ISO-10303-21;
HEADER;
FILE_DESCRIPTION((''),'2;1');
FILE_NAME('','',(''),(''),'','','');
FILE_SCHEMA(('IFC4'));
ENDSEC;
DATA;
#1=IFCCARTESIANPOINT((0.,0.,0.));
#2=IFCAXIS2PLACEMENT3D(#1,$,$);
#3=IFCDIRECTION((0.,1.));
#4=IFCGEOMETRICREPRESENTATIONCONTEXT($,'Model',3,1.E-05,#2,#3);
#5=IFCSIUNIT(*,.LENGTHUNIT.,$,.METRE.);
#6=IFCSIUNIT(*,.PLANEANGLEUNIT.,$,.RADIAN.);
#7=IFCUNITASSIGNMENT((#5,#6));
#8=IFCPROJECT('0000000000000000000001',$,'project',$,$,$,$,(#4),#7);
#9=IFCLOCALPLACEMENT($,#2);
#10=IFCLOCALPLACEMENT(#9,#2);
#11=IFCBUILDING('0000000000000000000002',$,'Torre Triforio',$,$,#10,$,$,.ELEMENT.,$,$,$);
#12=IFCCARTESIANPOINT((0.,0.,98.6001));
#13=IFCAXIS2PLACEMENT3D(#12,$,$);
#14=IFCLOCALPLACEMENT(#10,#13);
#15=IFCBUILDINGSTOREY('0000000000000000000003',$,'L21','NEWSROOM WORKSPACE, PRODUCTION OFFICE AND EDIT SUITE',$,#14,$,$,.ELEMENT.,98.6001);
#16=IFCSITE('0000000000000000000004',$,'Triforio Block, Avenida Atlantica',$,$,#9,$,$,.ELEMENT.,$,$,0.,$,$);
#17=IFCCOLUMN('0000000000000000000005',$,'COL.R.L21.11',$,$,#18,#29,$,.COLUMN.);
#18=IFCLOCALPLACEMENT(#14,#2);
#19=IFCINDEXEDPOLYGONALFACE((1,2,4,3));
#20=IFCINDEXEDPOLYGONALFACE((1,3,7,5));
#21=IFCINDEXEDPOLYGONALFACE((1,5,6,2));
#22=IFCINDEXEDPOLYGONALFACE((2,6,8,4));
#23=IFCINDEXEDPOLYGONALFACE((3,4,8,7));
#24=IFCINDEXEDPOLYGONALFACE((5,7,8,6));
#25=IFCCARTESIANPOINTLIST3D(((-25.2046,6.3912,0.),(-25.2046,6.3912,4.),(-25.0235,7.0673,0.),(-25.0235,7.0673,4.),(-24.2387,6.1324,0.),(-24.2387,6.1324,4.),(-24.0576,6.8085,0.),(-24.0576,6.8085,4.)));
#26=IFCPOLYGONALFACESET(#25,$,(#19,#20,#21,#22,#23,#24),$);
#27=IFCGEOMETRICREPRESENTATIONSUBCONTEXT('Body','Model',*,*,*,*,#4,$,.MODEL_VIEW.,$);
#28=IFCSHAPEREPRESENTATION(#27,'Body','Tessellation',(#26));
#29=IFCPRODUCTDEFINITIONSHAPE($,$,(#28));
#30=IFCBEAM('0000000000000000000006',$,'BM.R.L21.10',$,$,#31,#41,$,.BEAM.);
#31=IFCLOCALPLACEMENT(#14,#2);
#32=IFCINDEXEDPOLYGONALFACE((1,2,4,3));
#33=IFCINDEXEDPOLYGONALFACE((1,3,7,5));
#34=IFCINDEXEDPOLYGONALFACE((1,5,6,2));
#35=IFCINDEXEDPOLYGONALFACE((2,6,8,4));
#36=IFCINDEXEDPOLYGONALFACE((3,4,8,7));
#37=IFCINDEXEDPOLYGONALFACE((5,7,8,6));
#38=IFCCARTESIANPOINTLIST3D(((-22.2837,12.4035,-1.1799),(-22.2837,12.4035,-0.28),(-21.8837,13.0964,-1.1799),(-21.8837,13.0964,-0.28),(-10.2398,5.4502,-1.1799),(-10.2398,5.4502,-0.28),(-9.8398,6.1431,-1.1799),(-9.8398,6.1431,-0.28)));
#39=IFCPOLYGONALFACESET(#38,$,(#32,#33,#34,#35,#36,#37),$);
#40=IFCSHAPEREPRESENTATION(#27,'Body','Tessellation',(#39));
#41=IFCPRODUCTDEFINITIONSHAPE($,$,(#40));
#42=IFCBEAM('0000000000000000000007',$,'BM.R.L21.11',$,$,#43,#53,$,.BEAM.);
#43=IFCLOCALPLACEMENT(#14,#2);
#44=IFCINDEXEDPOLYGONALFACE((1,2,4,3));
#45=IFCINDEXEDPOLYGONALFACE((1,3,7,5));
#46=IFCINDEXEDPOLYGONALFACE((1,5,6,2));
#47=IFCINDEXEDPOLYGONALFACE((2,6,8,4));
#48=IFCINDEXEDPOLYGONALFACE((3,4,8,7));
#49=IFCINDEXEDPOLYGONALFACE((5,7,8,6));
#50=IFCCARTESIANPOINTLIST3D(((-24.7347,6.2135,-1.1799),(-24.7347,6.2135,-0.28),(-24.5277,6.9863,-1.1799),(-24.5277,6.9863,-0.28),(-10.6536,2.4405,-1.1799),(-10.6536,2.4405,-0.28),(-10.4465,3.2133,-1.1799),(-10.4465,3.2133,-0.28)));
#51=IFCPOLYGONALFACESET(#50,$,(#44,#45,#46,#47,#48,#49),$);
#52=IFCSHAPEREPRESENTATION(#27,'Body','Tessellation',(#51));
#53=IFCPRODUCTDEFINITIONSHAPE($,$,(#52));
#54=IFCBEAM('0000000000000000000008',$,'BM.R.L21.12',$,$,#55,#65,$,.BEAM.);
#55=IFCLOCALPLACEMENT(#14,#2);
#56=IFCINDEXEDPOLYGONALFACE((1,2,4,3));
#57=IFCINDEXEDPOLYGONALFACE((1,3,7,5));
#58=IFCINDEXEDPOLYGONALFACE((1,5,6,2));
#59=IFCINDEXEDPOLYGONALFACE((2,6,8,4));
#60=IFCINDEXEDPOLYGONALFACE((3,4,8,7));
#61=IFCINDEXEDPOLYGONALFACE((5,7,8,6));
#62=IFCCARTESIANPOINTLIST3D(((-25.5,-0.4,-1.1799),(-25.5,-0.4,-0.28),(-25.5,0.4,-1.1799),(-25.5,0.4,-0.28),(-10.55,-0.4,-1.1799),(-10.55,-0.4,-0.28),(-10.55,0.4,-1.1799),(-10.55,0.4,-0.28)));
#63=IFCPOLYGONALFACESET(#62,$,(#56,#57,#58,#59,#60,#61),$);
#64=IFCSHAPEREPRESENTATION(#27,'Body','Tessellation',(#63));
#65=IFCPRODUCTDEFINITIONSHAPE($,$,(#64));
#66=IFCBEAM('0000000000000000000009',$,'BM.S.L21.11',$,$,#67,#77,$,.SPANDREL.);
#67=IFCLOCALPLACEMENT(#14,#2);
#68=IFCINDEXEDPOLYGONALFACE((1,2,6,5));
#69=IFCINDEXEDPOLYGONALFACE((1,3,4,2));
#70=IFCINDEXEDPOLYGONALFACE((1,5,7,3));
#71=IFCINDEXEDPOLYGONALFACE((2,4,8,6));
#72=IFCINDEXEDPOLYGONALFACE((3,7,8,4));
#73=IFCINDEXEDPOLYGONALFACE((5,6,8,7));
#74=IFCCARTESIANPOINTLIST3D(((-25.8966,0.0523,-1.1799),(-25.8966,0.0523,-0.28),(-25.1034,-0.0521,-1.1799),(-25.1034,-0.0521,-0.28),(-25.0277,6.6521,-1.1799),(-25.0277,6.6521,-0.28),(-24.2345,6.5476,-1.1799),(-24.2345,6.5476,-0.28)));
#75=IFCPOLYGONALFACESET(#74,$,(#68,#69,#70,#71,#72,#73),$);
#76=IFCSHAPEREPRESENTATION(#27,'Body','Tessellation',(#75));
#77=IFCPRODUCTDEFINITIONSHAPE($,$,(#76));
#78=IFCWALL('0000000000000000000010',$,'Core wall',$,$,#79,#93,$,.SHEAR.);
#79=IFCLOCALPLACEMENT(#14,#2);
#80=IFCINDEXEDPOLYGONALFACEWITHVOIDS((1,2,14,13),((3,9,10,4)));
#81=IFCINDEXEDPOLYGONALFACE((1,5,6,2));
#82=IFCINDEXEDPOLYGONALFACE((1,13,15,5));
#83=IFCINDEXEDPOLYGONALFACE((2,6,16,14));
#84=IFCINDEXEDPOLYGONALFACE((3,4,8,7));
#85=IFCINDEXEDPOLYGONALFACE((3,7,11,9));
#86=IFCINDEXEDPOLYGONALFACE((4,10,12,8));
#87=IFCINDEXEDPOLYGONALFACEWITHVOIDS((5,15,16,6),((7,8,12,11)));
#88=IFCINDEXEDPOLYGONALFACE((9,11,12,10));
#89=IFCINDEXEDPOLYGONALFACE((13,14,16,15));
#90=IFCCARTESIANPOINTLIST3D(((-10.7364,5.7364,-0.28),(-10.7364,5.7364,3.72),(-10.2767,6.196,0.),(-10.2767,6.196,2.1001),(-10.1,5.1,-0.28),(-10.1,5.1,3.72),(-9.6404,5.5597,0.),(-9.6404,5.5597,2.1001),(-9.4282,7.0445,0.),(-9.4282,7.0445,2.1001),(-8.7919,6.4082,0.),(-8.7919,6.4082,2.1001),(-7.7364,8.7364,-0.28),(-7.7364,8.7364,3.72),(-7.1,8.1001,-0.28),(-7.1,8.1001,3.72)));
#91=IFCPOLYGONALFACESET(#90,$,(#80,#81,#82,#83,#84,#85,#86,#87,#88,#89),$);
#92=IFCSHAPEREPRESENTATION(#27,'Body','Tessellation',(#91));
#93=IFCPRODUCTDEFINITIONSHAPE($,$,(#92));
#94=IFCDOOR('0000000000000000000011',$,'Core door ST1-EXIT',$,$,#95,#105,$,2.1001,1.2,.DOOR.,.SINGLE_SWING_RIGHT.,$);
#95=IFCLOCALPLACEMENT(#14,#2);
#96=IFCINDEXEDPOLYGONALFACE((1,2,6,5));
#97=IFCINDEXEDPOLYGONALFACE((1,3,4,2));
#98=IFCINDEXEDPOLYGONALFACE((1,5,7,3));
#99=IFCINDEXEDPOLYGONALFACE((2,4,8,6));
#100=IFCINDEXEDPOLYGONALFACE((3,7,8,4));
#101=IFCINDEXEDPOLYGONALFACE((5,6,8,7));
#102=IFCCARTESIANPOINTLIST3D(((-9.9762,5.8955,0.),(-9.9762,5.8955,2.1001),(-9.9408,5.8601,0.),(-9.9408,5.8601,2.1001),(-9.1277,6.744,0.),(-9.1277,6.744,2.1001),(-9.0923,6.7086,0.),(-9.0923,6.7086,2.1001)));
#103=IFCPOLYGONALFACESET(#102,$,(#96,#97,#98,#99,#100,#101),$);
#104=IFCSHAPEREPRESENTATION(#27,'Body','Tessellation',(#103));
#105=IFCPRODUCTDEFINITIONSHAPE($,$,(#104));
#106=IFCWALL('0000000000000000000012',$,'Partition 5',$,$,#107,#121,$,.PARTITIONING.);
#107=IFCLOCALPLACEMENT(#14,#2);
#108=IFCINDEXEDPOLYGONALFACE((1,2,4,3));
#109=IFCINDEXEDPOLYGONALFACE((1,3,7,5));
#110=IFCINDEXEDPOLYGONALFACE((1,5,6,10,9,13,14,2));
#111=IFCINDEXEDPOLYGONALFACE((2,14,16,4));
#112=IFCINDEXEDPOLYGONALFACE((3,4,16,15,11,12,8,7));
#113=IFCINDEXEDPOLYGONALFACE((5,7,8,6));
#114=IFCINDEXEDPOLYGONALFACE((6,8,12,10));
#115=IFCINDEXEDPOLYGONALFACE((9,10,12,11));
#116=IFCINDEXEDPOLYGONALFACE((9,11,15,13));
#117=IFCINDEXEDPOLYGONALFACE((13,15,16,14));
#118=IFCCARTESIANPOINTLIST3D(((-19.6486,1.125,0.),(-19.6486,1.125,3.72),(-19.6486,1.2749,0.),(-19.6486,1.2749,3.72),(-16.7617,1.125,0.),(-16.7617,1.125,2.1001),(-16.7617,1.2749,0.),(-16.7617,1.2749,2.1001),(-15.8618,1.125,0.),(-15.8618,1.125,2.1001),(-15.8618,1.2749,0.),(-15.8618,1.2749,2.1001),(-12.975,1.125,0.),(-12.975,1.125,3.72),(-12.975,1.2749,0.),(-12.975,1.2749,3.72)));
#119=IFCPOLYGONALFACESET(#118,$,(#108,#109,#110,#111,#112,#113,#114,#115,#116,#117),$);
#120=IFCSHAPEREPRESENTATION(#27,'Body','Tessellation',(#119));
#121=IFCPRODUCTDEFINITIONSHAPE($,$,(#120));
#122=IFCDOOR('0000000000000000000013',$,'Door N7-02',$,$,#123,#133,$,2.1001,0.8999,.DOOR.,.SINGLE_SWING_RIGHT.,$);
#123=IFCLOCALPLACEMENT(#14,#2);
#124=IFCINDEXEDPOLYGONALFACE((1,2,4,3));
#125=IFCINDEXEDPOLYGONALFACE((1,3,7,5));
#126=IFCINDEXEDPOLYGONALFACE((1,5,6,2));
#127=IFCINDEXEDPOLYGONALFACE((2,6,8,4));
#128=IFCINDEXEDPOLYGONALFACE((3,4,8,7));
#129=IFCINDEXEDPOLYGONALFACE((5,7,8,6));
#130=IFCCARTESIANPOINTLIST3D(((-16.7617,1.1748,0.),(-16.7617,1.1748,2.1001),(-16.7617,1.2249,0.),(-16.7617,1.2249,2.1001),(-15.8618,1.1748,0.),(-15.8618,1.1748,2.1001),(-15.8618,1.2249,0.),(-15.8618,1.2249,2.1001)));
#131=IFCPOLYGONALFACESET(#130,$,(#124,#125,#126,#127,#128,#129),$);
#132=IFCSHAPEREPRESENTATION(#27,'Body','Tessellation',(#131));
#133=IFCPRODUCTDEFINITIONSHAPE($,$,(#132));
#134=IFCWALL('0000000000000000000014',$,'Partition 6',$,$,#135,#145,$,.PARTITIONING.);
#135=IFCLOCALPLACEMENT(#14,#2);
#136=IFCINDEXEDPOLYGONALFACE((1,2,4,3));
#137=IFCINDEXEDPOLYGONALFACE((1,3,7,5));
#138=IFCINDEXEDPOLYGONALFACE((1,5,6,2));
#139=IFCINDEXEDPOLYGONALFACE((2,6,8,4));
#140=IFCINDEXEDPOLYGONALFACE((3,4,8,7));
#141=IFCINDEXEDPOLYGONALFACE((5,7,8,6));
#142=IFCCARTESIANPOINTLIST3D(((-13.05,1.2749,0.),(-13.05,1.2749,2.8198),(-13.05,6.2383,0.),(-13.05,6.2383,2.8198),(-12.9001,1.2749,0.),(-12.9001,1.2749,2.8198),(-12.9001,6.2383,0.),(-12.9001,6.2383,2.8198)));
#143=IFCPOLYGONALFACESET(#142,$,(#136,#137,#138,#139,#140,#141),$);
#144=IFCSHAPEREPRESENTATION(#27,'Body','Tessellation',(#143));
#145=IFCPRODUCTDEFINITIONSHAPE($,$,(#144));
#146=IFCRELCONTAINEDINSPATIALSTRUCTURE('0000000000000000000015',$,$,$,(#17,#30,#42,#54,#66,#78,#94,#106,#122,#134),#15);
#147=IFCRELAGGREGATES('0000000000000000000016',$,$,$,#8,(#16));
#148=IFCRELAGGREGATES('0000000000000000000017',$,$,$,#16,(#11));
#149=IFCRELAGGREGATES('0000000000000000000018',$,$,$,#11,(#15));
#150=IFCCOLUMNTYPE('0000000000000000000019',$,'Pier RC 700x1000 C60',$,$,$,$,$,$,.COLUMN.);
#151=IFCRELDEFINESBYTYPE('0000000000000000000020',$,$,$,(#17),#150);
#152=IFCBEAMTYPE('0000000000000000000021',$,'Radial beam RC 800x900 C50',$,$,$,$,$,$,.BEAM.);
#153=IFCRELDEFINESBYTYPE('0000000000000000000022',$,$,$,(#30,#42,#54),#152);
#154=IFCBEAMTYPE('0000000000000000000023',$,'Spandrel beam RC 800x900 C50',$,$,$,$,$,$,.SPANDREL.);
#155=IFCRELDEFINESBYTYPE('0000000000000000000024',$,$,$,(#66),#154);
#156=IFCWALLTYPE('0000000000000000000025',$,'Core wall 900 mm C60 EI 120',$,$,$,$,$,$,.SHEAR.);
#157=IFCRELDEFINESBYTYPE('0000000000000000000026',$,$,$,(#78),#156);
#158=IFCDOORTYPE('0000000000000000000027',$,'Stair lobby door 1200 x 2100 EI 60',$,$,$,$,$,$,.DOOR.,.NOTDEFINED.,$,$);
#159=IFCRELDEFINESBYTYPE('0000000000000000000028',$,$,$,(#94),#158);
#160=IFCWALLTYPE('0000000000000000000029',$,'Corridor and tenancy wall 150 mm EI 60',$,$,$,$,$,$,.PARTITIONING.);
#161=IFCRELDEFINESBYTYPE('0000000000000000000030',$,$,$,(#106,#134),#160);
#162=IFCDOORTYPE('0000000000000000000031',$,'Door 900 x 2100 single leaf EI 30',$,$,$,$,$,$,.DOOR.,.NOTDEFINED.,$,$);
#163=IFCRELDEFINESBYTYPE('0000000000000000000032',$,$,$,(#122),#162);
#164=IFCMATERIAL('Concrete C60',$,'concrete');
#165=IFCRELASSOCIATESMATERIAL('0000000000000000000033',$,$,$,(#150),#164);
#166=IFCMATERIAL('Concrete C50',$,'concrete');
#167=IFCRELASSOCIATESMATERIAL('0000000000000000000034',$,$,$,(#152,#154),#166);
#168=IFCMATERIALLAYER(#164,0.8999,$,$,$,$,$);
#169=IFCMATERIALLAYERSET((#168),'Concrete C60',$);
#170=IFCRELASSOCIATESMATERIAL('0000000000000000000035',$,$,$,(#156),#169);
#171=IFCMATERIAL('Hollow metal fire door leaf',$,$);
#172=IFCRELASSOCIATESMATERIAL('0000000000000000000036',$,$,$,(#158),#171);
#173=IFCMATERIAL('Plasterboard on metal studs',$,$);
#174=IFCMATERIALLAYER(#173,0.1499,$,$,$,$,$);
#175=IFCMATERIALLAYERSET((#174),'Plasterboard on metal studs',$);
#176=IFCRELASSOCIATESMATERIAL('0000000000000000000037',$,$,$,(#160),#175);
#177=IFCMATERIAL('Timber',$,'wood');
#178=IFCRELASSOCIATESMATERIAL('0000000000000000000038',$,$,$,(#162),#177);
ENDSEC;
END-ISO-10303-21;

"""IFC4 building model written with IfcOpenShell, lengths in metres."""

from ifc_helpers import new_model, si_unit, direction, frame, frame_2d, origin, origin_2d, place, context, subcontext, project, spatial, rectangle, extrude, material, layer, layer_set, material_profile, profile_set, type_object, element, fill, save


model = new_model("IFC4")

# Units and contexts
model_context = context("Model", 3, precision=1e-05, world=origin(), true_north=direction((0.0, 1.0)))
body_context = subcontext(model_context, "Body", "Model", "MODEL_VIEW")
ifc_project = project(units=[si_unit("LENGTHUNIT", "METRE"), si_unit("PLANEANGLEUNIT", "RADIAN")], contexts=[model_context])

# Site, building, storey
site_placement = place(None, origin())
site = spatial("IfcSite", under=ifc_project, at=site_placement, Name="Triforio Block, Avenida Atlantica", CompositionType="ELEMENT", RefElevation=0.0)
building_placement = place(site_placement, origin())
building = spatial("IfcBuilding", under=site, at=building_placement, Name="Torre Triforio", CompositionType="ELEMENT")
storey_placement = place(building_placement, frame((0.0, 0.0, 98.6001)))
storey = spatial("IfcBuildingStorey", under=building, at=storey_placement, Name="L21", Description="NEWSROOM WORKSPACE, PRODUCTION OFFICE AND EDIT SUITE", CompositionType="ELEMENT", Elevation=98.6001)

# Column
ifc_material_1 = material(Name="Concrete C60", Category="concrete")
ifc_material_profile_1 = material_profile(ifc_material_1, rectangle(XDim=0.7, YDim=1.0, at=origin_2d()), Name="RC 700x1000")
ifc_profile_set_1 = profile_set([ifc_material_profile_1], Name="Concrete C60")
column_type = type_object("IfcColumnType", Name="Pier RC 700x1000 C60", PredefinedType="COLUMN", material=ifc_profile_set_1)
column_placement = place(storey_placement, frame((-24.6311, 6.5999, 0.0), z_axis=(0.0, 0.0, 1.0), x_axis=(-0.258819, -0.965926, 0.0)))
element("IfcColumn", 1, at=column_placement, inside=storey, type_object=column_type, Name="COL.R.L21.11", PredefinedType="COLUMN", context=body_context, shape_type="SweptSolid", body=[
    extrude(rectangle(XDim=0.7, YDim=1.0, at=origin_2d()), origin(), (0.0, 0.0, 1.0), 4.0),
])

# Beams
ifc_material_2 = material(Name="Concrete C50", Category="concrete")
ifc_material_profile_2 = material_profile(ifc_material_2, rectangle(XDim=0.8, YDim=0.8999, at=origin_2d()), Name="RC 800x900")
ifc_profile_set_2 = profile_set([ifc_material_profile_2], Name="Concrete C50")
beam_type_1 = type_object("IfcBeamType", Name="Radial beam RC 800x900 C50", PredefinedType="BEAM", material=ifc_profile_set_2)
beam_1_placement = place(storey_placement, frame((-10.0398, 5.7966, -0.73), z_axis=(-0.866032, 0.499989, 0.0), x_axis=(-0.499989, -0.866032, 0.0)))
element("IfcBeam", 2, at=beam_1_placement, inside=storey, type_object=beam_type_1, Name="BM.R.L21.10", PredefinedType="BEAM", context=body_context, shape_type="SweptSolid", body=[
    extrude(rectangle(XDim=0.8, YDim=0.8999, at=origin_2d()), origin(), (0.0, 0.0, 1.0), 13.907),
])
beam_2_placement = place(storey_placement, frame((-10.55, 2.8269, -0.73), z_axis=(-0.965927, 0.258815, 0.0), x_axis=(-0.258815, -0.965927, 0.0)))
element("IfcBeam", 3, at=beam_2_placement, inside=storey, type_object=beam_type_1, Name="BM.R.L21.11", PredefinedType="BEAM", context=body_context, shape_type="SweptSolid", body=[
    extrude(rectangle(XDim=0.8, YDim=0.8999, at=origin_2d()), origin(), (0.0, 0.0, 1.0), 14.5779),
])
beam_3_placement = place(storey_placement, frame((-10.55, 0.0, -0.73), z_axis=(-1.0, 0.0, 0.0), x_axis=(0.0, -1.0, 0.0)))
element("IfcBeam", 4, at=beam_3_placement, inside=storey, type_object=beam_type_1, Name="BM.R.L21.12", PredefinedType="BEAM", context=body_context, shape_type="SweptSolid", body=[
    extrude(rectangle(XDim=0.8, YDim=0.8999, at=origin_2d()), origin(), (0.0, 0.0, 1.0), 14.95),
])
ifc_material_profile_3 = material_profile(ifc_material_2, rectangle(XDim=0.8, YDim=0.8999, at=origin_2d()), Name="RC 800x900")
ifc_profile_set_3 = profile_set([ifc_material_profile_3], Name="Concrete C50")
beam_type_2 = type_object("IfcBeamType", Name="Spandrel beam RC 800x900 C50", PredefinedType="SPANDREL", material=ifc_profile_set_3)
beam_4_placement = place(storey_placement, frame((-24.6311, 6.5999, -0.73), z_axis=(-0.130528, -0.991445, 0.0), x_axis=(0.991445, -0.130528, 0.0)))
element("IfcBeam", 5, at=beam_4_placement, inside=storey, type_object=beam_type_2, Name="BM.S.L21.11", PredefinedType="SPANDREL", context=body_context, shape_type="SweptSolid", body=[
    extrude(rectangle(XDim=0.8, YDim=0.8999, at=origin_2d()), origin(), (0.0, 0.0, 1.0), 6.6567),
])

# Walls, openings, doors
ifc_layer_1 = layer(ifc_material_1, 0.8999)
ifc_layer_set_1 = layer_set([ifc_layer_1], Name="Concrete C60")
wall_type_1 = type_object("IfcWallType", Name="Core wall 900 mm C60 EI 120", PredefinedType="SHEAR", material=ifc_layer_set_1)
wall_1_placement = place(storey_placement, frame((-10.4182, 5.4182, -0.28), z_axis=(0.0, 0.0, 1.0), x_axis=(0.707107, 0.707107, 0.0)))
wall_1 = element("IfcWall", 6, at=wall_1_placement, inside=storey, type_object=wall_type_1, Name="Core wall", PredefinedType="SHEAR", context=body_context, shape_type="SweptSolid", body=[
    extrude(rectangle(XDim=4.2427, YDim=0.8999, at=frame_2d((2.1213, 0.0))), origin(), (0.0, 0.0, 1.0), 4.0),
])
opening_1_placement = place(wall_1_placement, frame((0.6499, 0.0, 0.28)))
opening_1 = element("IfcOpeningElement", 7, at=opening_1_placement, cuts=wall_1, PredefinedType="OPENING", context=body_context, shape_type="SweptSolid", body=[
    extrude(rectangle(XDim=1.2, YDim=2.1001, at=frame_2d((0.6001, 1.05))), frame((0.0, 0.46, 0.0), z_axis=(0.0, -1.0, 0.0), x_axis=(1.0, 0.0, 0.0)), (0.0, 0.0, 1.0), 0.9199),
])
ifc_material_3 = material(Name="Hollow metal fire door leaf")
door_type_1 = type_object("IfcDoorType", Name="Stair lobby door 1200 x 2100 EI 60", OperationType="NOTDEFINED", PredefinedType="DOOR", material=ifc_material_3)
door_1_placement = place(opening_1_placement, origin())
door_1 = element("IfcDoor", 8, at=door_1_placement, inside=storey, type_object=door_type_1, Name="Core door ST1-EXIT", OperationType="SINGLE_SWING_RIGHT", OverallHeight=2.1001, OverallWidth=1.2, PredefinedType="DOOR", context=body_context, shape_type="SweptSolid", body=[
    extrude(rectangle(XDim=1.2, YDim=2.1001, at=frame_2d((0.6001, 1.05))), frame((0.0, 0.0249, 0.0), z_axis=(0.0, -1.0, 0.0), x_axis=(1.0, 0.0, 0.0)), (0.0, 0.0, 1.0), 0.05),
])
fill(opening_1, door_1)
ifc_material_4 = material(Name="Plasterboard on metal studs")
ifc_layer_2 = layer(ifc_material_4, 0.1499)
ifc_layer_set_2 = layer_set([ifc_layer_2], Name="Plasterboard on metal studs")
wall_type_2 = type_object("IfcWallType", Name="Corridor and tenancy wall 150 mm EI 60", PredefinedType="PARTITIONING", material=ifc_layer_set_2)
wall_2_placement = place(storey_placement, frame((-19.6487, 1.2, 0.0), z_axis=(0.0, 0.0, 1.0), x_axis=(1.0, 0.0, 0.0)))
wall_2 = element("IfcWall", 9, at=wall_2_placement, inside=storey, type_object=wall_type_2, Name="Partition 5", PredefinedType="PARTITIONING", context=body_context, shape_type="SweptSolid", body=[
    extrude(rectangle(XDim=6.6736, YDim=0.1499, at=frame_2d((3.3369, 0.0))), origin(), (0.0, 0.0, 1.0), 3.72),
])
opening_2_placement = place(wall_2_placement, frame((2.887, 0.0, 0.0)))
opening_2 = element("IfcOpeningElement", 10, at=opening_2_placement, cuts=wall_2, PredefinedType="OPENING", context=body_context, shape_type="SweptSolid", body=[
    extrude(rectangle(XDim=0.8999, YDim=2.1001, at=frame_2d((0.45, 1.05))), frame((0.0, 0.085, 0.0), z_axis=(0.0, -1.0, 0.0), x_axis=(1.0, 0.0, 0.0)), (0.0, 0.0, 1.0), 0.1699),
])
ifc_material_5 = material(Name="Timber", Category="wood")
door_type_2 = type_object("IfcDoorType", Name="Door 900 x 2100 single leaf EI 30", OperationType="NOTDEFINED", PredefinedType="DOOR", material=ifc_material_5)
door_2_placement = place(opening_2_placement, origin())
door_2 = element("IfcDoor", 11, at=door_2_placement, inside=storey, type_object=door_type_2, Name="Door N7-02", OperationType="SINGLE_SWING_RIGHT", OverallHeight=2.1001, OverallWidth=0.8999, PredefinedType="DOOR", context=body_context, shape_type="SweptSolid", body=[
    extrude(rectangle(XDim=0.8999, YDim=2.1001, at=frame_2d((0.45, 1.05))), frame((0.0, 0.0249, 0.0), z_axis=(0.0, -1.0, 0.0), x_axis=(1.0, 0.0, 0.0)), (0.0, 0.0, 1.0), 0.05),
])
fill(opening_2, door_2)

# Wall
wall_3_placement = place(storey_placement, frame((-12.9751, 1.2749, 0.0), z_axis=(0.0, 0.0, 1.0), x_axis=(0.0, 1.0, 0.0)))
element("IfcWall", 12, at=wall_3_placement, inside=storey, type_object=wall_type_2, Name="Partition 6", PredefinedType="PARTITIONING", context=body_context, shape_type="SweptSolid", body=[
    extrude(rectangle(XDim=4.9634, YDim=0.1499, at=frame_2d((2.4817, 0.0))), origin(), (0.0, 0.0, 1.0), 2.8198),
])

save(model, "model.ifc")
